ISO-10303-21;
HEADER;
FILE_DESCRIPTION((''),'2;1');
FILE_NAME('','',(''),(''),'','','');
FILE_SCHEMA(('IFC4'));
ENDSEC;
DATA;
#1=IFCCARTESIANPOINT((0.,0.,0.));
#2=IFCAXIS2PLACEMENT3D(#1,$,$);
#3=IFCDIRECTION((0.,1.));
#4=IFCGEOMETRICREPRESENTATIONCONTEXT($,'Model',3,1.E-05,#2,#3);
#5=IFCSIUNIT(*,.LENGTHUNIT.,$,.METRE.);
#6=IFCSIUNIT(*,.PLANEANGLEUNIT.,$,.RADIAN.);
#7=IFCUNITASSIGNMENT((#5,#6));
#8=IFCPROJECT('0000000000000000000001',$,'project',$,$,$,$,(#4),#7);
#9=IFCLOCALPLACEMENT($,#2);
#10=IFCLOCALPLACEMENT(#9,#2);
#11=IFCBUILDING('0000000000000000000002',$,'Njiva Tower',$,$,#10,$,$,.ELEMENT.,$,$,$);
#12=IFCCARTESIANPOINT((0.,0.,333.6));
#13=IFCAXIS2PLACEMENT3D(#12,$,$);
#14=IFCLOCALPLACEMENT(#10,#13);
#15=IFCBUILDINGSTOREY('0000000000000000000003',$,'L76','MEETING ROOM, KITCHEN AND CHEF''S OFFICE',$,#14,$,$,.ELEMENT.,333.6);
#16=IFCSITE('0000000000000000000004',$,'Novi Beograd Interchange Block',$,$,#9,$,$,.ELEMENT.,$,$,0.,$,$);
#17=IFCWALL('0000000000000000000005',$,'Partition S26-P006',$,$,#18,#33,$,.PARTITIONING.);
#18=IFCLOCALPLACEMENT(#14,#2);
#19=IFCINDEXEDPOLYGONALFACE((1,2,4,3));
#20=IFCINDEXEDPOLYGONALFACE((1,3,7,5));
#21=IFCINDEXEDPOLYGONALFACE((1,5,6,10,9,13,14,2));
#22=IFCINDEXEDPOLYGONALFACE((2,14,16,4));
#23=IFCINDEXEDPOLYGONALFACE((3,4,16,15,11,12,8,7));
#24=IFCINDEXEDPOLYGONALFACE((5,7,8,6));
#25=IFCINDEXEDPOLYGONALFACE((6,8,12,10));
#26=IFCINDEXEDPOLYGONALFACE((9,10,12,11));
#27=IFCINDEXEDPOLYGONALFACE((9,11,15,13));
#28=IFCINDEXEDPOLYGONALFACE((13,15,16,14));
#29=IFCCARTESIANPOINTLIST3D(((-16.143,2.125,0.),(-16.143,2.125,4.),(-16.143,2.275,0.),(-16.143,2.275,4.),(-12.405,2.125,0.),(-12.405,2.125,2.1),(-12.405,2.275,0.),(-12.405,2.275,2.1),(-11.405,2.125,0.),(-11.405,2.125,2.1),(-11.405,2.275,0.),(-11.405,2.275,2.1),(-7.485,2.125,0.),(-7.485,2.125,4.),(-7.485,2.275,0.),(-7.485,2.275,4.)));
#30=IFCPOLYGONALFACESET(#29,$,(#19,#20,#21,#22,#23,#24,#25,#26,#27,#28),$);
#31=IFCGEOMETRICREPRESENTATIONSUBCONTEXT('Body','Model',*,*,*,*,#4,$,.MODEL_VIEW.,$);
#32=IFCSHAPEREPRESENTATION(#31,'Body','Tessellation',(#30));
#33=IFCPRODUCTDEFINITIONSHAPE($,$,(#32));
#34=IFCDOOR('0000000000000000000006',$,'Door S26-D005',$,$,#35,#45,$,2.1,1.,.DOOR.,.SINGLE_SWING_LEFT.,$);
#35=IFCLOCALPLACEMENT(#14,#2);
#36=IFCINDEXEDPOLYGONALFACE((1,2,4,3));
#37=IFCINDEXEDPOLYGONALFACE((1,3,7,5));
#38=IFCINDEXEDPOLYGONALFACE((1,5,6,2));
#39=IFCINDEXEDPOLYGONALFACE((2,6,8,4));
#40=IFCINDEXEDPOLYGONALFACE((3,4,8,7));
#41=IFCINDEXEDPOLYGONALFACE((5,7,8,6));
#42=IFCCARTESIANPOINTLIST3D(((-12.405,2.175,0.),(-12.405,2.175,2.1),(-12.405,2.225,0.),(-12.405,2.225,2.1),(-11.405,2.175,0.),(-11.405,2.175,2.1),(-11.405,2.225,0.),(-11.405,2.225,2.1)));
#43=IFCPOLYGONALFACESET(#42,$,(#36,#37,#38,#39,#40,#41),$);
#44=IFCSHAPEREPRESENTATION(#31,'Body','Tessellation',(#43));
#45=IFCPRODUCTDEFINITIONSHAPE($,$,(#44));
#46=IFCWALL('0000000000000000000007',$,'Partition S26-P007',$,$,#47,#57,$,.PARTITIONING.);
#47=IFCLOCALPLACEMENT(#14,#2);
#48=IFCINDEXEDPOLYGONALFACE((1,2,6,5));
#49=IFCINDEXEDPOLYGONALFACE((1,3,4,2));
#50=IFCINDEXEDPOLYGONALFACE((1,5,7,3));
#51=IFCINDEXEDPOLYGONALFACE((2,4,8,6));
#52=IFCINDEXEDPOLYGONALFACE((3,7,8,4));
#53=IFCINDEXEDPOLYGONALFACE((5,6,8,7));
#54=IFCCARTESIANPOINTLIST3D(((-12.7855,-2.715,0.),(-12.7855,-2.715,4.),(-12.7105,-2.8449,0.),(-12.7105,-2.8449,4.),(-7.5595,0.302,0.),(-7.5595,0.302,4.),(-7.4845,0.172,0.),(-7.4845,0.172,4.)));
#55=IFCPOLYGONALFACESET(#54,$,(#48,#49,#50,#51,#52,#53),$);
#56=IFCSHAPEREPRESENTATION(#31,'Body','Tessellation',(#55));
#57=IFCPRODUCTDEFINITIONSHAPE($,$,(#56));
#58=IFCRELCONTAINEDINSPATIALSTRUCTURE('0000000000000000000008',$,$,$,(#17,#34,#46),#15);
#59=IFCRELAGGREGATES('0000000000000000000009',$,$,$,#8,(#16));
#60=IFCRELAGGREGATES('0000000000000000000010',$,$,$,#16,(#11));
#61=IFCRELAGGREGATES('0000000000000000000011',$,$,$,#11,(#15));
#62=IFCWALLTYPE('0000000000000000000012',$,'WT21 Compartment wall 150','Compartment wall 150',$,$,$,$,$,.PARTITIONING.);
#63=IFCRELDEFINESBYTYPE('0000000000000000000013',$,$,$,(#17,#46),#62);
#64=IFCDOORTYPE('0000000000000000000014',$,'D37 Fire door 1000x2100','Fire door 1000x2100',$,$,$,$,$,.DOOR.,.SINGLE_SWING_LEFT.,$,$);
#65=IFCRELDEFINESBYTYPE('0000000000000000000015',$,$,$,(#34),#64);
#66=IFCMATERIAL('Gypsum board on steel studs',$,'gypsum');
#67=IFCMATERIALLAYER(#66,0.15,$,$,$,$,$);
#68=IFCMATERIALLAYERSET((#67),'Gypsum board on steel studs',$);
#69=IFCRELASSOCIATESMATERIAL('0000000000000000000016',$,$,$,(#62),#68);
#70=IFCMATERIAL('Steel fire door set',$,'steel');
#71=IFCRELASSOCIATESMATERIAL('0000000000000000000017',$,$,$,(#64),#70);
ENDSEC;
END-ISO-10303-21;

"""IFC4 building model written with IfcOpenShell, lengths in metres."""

from ifc_helpers import new_model, si_unit, direction, frame, frame_2d, origin, place, context, subcontext, project, spatial, rectangle, extrude, material, layer, layer_set, type_object, element, fill, save


model = new_model("IFC4")

# Units and contexts
model_context = context("Model", 3, precision=1e-05, world=origin(), true_north=direction((0.0, 1.0)))
body_context = subcontext(model_context, "Body", "Model", "MODEL_VIEW")
ifc_project = project(units=[si_unit("LENGTHUNIT", "METRE"), si_unit("PLANEANGLEUNIT", "RADIAN")], contexts=[model_context])

# Site, building, storey
site_placement = place(None, origin())
site = spatial("IfcSite", under=ifc_project, at=site_placement, Name="Novi Beograd Interchange Block", CompositionType="ELEMENT", RefElevation=0.0)
building_placement = place(site_placement, origin())
building = spatial("IfcBuilding", under=site, at=building_placement, Name="Njiva Tower", CompositionType="ELEMENT")
storey_placement = place(building_placement, frame((0.0, 0.0, 333.6)))
storey = spatial("IfcBuildingStorey", under=building, at=storey_placement, Name="L76", Description="MEETING ROOM, KITCHEN AND CHEF'S OFFICE", CompositionType="ELEMENT", Elevation=333.6)

# Shared definitions
ifc_material_1 = material(Name="Gypsum board on steel studs", Category="gypsum")
ifc_layer_1 = layer(ifc_material_1, 0.15)
ifc_layer_set_1 = layer_set([ifc_layer_1], Name="Gypsum board on steel studs")
wall_type_1 = type_object("IfcWallType", Name="WT21 Compartment wall 150", Description="Compartment wall 150", PredefinedType="PARTITIONING", material=ifc_layer_set_1)
ifc_material_2 = material(Name="Steel fire door set", Category="steel")
door_type_1 = type_object("IfcDoorType", Name="D37 Fire door 1000x2100", Description="Fire door 1000x2100", OperationType="SINGLE_SWING_LEFT", PredefinedType="DOOR", material=ifc_material_2)

# Wall, opening, door
wall_1_placement = place(storey_placement, frame((-16.143, 2.2, 0.0), z_axis=(0.0, 0.0, 1.0), x_axis=(1.0, 0.0, 0.0)))
wall_1 = element("IfcWall", 1, at=wall_1_placement, inside=storey, type_object=wall_type_1, Name="Partition S26-P006", PredefinedType="PARTITIONING", context=body_context, shape_type="SweptSolid", body=[
    extrude(rectangle(XDim=8.658, YDim=0.15, at=frame_2d((4.329, 0.0))), origin(), (0.0, 0.0, 1.0), 4.0),
])
opening_1_placement = place(wall_1_placement, frame((3.738, 0.0, 0.0)))
opening_1 = element("IfcOpeningElement", 2, at=opening_1_placement, cuts=wall_1, PredefinedType="OPENING", context=body_context, shape_type="SweptSolid", body=[
    extrude(rectangle(XDim=1.0, YDim=2.1, at=frame_2d((0.5, 1.05))), frame((0.0, 0.085, 0.0), z_axis=(0.0, -1.0, 0.0), x_axis=(1.0, 0.0, 0.0)), (0.0, 0.0, 1.0), 0.17),
])
door_1_placement = place(opening_1_placement, origin())
door_1 = element("IfcDoor", 3, at=door_1_placement, inside=storey, type_object=door_type_1, Name="Door S26-D005", OperationType="SINGLE_SWING_LEFT", OverallHeight=2.1, OverallWidth=1.0, PredefinedType="DOOR", context=body_context, shape_type="SweptSolid", body=[
    extrude(rectangle(XDim=1.0, YDim=2.1, at=frame_2d((0.5, 1.05))), frame((0.0, 0.025, 0.0), z_axis=(0.0, -1.0, 0.0), x_axis=(1.0, 0.0, 0.0)), (0.0, 0.0, 1.0), 0.05),
])
fill(opening_1, door_1)

# Wall
wall_2_placement = place(storey_placement, frame((-12.748, -2.78, 0.0), z_axis=(0.0, 0.0, 1.0), x_axis=(0.866042, 0.499971, 0.0)))
element("IfcWall", 4, at=wall_2_placement, inside=storey, type_object=wall_type_1, Name="Partition S26-P007", PredefinedType="PARTITIONING", context=body_context, shape_type="SweptSolid", body=[
    extrude(rectangle(XDim=6.0343, YDim=0.15, at=frame_2d((3.0172, 0.0))), origin(), (0.0, 0.0, 1.0), 4.0),
])

save(model, "model.ifc")
